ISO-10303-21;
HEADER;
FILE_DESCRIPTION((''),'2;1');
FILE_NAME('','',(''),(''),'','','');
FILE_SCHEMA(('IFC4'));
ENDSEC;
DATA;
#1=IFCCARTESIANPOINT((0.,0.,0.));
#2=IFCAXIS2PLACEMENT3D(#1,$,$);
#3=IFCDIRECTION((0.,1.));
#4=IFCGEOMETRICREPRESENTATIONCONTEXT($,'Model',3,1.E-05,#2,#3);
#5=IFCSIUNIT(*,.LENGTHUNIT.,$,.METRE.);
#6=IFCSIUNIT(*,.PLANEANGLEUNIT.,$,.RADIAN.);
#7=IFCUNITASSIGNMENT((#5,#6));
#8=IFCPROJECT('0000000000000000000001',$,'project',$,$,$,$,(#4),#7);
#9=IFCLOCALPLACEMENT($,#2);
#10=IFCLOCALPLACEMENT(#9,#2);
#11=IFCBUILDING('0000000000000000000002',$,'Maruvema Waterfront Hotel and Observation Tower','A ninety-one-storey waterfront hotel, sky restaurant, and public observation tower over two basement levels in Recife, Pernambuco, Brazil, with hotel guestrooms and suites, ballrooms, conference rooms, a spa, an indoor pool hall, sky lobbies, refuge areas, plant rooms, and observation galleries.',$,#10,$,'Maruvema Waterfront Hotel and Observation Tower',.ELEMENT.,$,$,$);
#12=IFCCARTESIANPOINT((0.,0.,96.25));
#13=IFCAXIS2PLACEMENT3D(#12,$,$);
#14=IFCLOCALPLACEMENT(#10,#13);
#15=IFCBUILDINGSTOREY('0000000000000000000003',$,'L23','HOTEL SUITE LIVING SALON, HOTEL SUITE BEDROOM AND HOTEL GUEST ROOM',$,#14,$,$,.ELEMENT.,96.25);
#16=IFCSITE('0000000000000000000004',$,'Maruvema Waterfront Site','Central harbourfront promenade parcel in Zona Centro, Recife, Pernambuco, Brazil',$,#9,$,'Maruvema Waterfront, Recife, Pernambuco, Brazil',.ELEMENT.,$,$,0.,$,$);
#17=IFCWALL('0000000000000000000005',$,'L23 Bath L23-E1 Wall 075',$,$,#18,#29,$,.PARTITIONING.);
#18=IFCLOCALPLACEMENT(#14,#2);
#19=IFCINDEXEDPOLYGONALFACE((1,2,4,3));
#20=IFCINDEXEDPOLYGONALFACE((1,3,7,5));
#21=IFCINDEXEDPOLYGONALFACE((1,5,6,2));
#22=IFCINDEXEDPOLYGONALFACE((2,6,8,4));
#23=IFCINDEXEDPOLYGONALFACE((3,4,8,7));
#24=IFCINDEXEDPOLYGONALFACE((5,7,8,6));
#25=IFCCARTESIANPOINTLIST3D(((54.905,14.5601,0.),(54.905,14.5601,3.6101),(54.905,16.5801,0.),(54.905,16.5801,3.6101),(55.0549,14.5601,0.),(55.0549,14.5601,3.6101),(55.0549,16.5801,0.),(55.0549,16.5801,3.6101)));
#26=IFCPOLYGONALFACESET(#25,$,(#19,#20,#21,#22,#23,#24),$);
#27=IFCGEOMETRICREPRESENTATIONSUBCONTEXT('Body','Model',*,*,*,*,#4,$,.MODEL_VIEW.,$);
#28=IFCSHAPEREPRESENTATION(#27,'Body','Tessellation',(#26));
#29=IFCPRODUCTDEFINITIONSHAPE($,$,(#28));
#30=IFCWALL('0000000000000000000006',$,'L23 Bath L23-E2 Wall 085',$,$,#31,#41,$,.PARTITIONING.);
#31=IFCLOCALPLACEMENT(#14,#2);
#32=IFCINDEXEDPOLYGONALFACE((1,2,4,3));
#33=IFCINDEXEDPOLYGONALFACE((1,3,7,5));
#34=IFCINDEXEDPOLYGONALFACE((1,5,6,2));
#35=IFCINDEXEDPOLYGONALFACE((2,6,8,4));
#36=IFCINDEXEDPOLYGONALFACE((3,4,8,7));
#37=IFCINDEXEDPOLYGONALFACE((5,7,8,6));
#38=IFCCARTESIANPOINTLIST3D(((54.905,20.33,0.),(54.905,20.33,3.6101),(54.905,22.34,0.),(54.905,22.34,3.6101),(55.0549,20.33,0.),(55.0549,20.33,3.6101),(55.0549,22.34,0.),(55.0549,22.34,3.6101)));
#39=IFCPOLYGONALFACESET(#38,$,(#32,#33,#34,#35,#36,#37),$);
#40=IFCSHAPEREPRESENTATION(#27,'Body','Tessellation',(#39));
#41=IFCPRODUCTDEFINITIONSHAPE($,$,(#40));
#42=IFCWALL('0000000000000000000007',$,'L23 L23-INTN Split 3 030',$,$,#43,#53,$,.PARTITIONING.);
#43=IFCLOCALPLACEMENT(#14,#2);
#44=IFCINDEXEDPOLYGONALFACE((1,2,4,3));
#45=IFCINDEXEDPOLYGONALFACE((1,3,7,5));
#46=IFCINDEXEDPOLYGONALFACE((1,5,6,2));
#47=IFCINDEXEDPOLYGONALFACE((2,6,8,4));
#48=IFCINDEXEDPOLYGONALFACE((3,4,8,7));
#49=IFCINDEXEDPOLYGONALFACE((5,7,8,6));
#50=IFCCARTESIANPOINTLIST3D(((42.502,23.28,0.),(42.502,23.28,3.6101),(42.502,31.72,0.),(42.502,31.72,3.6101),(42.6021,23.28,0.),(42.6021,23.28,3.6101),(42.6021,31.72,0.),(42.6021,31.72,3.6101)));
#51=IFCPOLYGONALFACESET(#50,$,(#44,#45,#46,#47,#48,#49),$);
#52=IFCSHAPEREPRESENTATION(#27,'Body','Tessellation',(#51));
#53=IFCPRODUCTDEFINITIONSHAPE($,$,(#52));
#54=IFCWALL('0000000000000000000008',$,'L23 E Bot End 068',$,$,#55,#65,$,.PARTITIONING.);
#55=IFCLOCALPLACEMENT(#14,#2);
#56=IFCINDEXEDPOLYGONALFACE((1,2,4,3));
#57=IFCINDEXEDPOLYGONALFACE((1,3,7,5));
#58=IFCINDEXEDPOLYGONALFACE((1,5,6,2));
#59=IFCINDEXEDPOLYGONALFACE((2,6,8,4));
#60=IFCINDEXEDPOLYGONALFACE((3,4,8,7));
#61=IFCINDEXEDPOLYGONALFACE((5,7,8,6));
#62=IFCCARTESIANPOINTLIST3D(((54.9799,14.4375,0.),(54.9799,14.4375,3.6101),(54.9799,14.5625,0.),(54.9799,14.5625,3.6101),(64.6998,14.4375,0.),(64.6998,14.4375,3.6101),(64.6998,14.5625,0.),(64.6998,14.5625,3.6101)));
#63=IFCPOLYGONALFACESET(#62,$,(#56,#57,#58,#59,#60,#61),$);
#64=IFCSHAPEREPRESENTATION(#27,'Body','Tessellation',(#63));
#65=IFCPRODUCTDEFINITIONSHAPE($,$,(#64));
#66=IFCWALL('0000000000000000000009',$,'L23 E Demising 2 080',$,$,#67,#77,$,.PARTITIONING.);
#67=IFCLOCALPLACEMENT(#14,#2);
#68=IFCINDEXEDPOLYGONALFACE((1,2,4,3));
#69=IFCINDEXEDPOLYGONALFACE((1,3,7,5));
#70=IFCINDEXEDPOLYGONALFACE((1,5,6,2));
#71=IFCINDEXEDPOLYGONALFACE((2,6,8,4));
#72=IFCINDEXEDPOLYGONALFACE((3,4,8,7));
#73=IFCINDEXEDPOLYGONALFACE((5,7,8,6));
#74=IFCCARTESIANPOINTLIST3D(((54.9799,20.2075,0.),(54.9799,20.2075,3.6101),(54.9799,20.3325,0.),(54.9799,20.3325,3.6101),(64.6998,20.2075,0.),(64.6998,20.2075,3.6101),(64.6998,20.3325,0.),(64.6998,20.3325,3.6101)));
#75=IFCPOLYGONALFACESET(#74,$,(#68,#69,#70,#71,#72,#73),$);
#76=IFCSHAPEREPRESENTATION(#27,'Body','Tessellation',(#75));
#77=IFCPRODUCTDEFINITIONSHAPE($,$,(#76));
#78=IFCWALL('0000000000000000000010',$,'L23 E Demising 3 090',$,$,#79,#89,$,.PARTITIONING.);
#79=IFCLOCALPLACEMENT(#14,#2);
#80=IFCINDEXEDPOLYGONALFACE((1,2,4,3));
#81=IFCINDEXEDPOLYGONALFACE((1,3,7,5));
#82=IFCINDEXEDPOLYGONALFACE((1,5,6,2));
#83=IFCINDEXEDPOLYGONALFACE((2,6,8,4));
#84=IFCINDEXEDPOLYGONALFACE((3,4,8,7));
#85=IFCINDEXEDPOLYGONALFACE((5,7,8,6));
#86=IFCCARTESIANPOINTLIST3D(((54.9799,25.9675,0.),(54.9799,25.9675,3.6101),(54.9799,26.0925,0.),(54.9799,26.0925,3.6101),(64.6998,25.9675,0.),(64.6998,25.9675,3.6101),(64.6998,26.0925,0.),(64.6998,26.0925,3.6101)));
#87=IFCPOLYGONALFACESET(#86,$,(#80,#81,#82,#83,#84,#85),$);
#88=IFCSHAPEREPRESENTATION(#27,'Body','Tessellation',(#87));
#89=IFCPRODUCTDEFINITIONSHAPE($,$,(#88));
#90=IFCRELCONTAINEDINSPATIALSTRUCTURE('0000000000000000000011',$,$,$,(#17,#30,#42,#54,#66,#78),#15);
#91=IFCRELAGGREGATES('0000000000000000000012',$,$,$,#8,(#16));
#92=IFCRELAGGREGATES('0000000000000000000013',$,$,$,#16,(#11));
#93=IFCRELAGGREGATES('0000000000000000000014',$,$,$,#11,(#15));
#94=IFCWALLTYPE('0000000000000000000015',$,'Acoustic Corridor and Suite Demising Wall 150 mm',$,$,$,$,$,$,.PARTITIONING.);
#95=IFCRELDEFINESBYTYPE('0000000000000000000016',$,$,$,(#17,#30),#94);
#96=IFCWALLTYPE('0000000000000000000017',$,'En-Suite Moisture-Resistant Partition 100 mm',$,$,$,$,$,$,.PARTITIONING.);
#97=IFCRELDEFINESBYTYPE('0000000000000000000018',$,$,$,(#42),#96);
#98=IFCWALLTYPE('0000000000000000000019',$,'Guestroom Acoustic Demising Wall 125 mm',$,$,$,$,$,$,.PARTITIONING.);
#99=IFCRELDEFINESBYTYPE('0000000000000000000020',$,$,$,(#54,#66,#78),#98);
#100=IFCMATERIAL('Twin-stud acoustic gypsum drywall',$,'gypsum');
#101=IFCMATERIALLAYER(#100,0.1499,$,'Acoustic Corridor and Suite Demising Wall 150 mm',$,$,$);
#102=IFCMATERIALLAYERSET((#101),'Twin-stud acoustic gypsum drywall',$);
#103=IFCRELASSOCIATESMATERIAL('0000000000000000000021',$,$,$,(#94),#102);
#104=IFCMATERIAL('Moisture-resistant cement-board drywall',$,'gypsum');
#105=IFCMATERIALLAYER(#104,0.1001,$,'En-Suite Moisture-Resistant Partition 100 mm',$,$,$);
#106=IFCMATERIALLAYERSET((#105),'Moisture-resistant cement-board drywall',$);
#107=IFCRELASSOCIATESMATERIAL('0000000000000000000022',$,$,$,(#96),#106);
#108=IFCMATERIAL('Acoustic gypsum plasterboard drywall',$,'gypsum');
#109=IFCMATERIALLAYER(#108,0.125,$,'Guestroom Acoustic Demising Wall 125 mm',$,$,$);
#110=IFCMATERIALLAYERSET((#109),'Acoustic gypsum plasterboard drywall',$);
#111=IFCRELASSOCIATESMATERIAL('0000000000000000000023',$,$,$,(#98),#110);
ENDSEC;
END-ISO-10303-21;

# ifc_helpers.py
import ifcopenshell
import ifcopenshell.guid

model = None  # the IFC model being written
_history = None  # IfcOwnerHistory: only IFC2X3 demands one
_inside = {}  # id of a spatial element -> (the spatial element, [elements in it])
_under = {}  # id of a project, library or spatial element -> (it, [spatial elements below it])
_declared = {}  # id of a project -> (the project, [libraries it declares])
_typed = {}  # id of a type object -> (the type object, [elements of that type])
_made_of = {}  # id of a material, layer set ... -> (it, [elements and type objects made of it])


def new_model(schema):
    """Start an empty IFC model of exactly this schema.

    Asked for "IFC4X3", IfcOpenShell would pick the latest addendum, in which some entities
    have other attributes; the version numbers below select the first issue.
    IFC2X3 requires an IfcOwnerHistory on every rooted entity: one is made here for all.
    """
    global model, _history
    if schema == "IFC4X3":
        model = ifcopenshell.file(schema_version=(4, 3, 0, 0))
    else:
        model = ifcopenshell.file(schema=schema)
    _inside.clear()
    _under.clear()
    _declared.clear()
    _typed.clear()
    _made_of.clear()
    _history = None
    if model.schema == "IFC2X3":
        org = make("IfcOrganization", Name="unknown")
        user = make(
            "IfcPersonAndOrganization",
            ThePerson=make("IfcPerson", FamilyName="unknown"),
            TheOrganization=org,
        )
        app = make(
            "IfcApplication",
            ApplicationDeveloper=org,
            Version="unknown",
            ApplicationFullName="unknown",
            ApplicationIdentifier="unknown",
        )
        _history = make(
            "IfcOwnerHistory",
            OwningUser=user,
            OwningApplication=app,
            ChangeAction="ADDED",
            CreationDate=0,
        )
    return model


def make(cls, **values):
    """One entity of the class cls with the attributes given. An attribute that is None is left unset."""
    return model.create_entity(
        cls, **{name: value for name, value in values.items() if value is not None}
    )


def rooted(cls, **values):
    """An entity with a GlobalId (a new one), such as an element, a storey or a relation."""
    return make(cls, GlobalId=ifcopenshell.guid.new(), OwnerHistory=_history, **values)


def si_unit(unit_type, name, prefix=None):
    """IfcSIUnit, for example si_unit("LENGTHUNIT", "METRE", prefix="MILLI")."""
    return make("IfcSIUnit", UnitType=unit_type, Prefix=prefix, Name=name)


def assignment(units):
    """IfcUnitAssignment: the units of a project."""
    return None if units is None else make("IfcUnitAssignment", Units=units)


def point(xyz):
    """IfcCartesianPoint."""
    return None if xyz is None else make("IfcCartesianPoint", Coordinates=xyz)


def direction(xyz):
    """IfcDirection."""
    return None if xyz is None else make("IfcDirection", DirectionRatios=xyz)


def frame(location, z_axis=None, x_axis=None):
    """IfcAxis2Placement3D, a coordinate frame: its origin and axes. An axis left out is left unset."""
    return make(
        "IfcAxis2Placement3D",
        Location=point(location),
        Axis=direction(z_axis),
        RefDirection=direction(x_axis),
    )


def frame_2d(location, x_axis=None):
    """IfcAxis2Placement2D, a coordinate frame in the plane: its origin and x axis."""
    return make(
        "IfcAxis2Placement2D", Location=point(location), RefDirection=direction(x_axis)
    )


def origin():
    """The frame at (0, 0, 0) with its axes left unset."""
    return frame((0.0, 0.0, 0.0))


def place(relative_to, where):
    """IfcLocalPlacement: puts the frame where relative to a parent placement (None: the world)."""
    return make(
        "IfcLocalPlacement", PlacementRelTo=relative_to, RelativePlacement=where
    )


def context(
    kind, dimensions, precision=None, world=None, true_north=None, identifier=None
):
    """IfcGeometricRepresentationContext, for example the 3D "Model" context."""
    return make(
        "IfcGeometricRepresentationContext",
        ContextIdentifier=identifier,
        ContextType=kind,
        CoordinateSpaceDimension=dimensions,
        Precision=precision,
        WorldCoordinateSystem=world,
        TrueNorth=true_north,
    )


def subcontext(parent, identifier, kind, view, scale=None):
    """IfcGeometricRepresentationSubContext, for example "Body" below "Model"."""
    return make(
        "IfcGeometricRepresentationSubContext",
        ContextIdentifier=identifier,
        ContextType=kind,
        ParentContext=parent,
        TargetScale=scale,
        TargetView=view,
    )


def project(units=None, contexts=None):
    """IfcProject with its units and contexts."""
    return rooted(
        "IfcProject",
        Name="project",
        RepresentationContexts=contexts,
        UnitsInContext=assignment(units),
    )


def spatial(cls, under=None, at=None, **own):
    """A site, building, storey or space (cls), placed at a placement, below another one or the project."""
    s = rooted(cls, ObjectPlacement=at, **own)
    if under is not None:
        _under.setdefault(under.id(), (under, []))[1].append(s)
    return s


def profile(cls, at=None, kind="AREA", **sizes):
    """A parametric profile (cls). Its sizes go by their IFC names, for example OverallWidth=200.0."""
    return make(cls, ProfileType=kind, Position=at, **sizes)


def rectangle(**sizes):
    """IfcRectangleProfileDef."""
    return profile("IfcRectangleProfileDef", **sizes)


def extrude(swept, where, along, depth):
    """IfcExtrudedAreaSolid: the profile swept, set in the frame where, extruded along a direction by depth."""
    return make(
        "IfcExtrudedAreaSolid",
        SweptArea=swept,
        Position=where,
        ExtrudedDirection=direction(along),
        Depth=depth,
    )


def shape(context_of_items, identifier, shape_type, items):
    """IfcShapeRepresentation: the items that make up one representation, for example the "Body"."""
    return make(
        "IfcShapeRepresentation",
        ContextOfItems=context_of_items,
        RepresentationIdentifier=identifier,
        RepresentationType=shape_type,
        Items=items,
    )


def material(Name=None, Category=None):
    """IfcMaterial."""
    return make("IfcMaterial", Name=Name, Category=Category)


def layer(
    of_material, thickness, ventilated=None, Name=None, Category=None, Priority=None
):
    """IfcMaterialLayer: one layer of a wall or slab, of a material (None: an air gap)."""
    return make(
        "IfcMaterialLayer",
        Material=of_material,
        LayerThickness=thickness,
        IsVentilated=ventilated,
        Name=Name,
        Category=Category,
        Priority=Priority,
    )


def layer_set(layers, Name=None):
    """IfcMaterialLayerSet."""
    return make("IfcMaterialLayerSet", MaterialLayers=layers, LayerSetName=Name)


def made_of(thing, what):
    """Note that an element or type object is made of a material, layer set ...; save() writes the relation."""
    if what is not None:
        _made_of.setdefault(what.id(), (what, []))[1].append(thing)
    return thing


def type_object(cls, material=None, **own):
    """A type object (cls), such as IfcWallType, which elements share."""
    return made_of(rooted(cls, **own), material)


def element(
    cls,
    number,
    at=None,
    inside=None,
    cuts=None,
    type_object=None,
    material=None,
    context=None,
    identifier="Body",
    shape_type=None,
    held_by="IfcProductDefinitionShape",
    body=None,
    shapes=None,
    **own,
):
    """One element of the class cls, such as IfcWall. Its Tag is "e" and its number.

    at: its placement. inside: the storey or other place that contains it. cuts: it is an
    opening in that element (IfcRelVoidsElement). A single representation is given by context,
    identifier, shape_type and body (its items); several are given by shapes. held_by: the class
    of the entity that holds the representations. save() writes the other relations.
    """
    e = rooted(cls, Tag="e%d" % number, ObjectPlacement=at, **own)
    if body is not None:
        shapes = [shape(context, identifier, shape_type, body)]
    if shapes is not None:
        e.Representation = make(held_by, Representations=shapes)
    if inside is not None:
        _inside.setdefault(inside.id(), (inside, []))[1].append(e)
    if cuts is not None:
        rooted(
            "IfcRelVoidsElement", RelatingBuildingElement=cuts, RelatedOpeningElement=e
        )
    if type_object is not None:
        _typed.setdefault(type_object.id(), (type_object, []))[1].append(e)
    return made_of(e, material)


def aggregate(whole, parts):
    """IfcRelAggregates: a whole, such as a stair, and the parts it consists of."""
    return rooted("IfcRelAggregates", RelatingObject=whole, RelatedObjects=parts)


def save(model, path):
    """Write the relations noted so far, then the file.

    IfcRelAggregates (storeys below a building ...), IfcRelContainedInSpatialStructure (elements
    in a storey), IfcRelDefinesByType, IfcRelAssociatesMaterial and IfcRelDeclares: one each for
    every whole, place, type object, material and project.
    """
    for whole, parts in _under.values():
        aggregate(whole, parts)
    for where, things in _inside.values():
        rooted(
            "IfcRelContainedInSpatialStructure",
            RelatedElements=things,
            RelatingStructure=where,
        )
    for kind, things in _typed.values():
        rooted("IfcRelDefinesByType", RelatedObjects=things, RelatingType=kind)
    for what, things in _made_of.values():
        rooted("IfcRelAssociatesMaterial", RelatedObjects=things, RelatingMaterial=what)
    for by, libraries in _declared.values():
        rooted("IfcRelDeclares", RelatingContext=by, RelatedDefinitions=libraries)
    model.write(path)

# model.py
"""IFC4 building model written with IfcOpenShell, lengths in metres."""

from ifc_helpers import new_model, si_unit, direction, frame, frame_2d, origin, place, context, subcontext, project, spatial, rectangle, extrude, material, layer, layer_set, type_object, element, save


model = new_model("IFC4")

# Units and contexts
model_context = context("Model", 3, precision=1e-05, world=origin(), true_north=direction((0.0, 1.0)))
body_context = subcontext(model_context, "Body", "Model", "MODEL_VIEW")
ifc_project = project(units=[si_unit("LENGTHUNIT", "METRE"), si_unit("PLANEANGLEUNIT", "RADIAN")], contexts=[model_context])

# Site, building, storey
site_placement = place(None, origin())
site = spatial("IfcSite", under=ifc_project, at=site_placement, Name="Maruvema Waterfront Site", Description="Central harbourfront promenade parcel in Zona Centro, Recife, Pernambuco, Brazil", LongName="Maruvema Waterfront, Recife, Pernambuco, Brazil", CompositionType="ELEMENT", RefElevation=0.0)
building_placement = place(site_placement, origin())
building = spatial("IfcBuilding", under=site, at=building_placement, Name="Maruvema Waterfront Hotel and Observation Tower", Description="A ninety-one-storey waterfront hotel, sky restaurant, and public observation tower over two basement levels in Recife, Pernambuco, Brazil, with hotel guestrooms and suites, ballrooms, conference rooms, a spa, an indoor pool hall, sky lobbies, refuge areas, plant rooms, and observation galleries.", LongName="Maruvema Waterfront Hotel and Observation Tower", CompositionType="ELEMENT")
storey_placement = place(building_placement, frame((0.0, 0.0, 96.25)))
storey = spatial("IfcBuildingStorey", under=building, at=storey_placement, Name="L23", Description="HOTEL SUITE LIVING SALON, HOTEL SUITE BEDROOM AND HOTEL GUEST ROOM", CompositionType="ELEMENT", Elevation=96.25)

# Shared definitions
ifc_material_1 = material(Name="Twin-stud acoustic gypsum drywall", Category="gypsum")
ifc_layer_1 = layer(ifc_material_1, 0.1499, Name="Acoustic Corridor and Suite Demising Wall 150 mm")
ifc_layer_set_1 = layer_set([ifc_layer_1], Name="Twin-stud acoustic gypsum drywall")
wall_type_1 = type_object("IfcWallType", Name="Acoustic Corridor and Suite Demising Wall 150 mm", PredefinedType="PARTITIONING", material=ifc_layer_set_1)

# Wall
wall_1_placement = place(storey_placement, frame((54.98, 14.5601, 0.0), z_axis=(0.0, 0.0, 1.0), x_axis=(0.0, 1.0, 0.0)))
element("IfcWall", 1, at=wall_1_placement, inside=storey, type_object=wall_type_1, Name="L23 Bath L23-E1 Wall 075", PredefinedType="PARTITIONING", context=body_context, shape_type="SweptSolid", body=[
    extrude(rectangle(XDim=2.02, YDim=0.1499, at=frame_2d((1.01, 0.0))), origin(), (0.0, 0.0, 1.0), 3.6101),
])

# Wall
wall_2_placement = place(storey_placement, frame((54.98, 20.3301, 0.0), z_axis=(0.0, 0.0, 1.0), x_axis=(0.0, 1.0, 0.0)))
element("IfcWall", 2, at=wall_2_placement, inside=storey, type_object=wall_type_1, Name="L23 Bath L23-E2 Wall 085", PredefinedType="PARTITIONING", context=body_context, shape_type="SweptSolid", body=[
    extrude(rectangle(XDim=2.01, YDim=0.1499, at=frame_2d((1.0049, 0.0))), origin(), (0.0, 0.0, 1.0), 3.6101),
])

# Walls
ifc_material_2 = material(Name="Moisture-resistant cement-board drywall", Category="gypsum")
ifc_layer_2 = layer(ifc_material_2, 0.1001, Name="En-Suite Moisture-Resistant Partition 100 mm")
ifc_layer_set_2 = layer_set([ifc_layer_2], Name="Moisture-resistant cement-board drywall")
wall_type_2 = type_object("IfcWallType", Name="En-Suite Moisture-Resistant Partition 100 mm", PredefinedType="PARTITIONING", material=ifc_layer_set_2)
wall_3_placement = place(storey_placement, frame((42.552, 23.28, 0.0), z_axis=(0.0, 0.0, 1.0), x_axis=(0.0, 1.0, 0.0)))
element("IfcWall", 3, at=wall_3_placement, inside=storey, type_object=wall_type_2, Name="L23 L23-INTN Split 3 030", PredefinedType="PARTITIONING", context=body_context, shape_type="SweptSolid", body=[
    extrude(rectangle(XDim=8.4399, YDim=0.1001, at=frame_2d((4.22, 0.0))), origin(), (0.0, 0.0, 1.0), 3.6101),
])
ifc_material_3 = material(Name="Acoustic gypsum plasterboard drywall", Category="gypsum")
ifc_layer_3 = layer(ifc_material_3, 0.125, Name="Guestroom Acoustic Demising Wall 125 mm")
ifc_layer_set_3 = layer_set([ifc_layer_3], Name="Acoustic gypsum plasterboard drywall")
wall_type_3 = type_object("IfcWallType", Name="Guestroom Acoustic Demising Wall 125 mm", PredefinedType="PARTITIONING", material=ifc_layer_set_3)
for number, where, z_axis, x_axis, name in (
    (4, (54.98, 14.5, 0.0), (0.0, 0.0, 1.0), (1.0, 0.0, 0.0), "L23 E Bot End 068"),
    (5, (54.98, 20.27, 0.0), (0.0, 0.0, 1.0), (1.0, 0.0, 0.0), "L23 E Demising 2 080"),
    (6, (54.98, 26.03, 0.0), (0.0, 0.0, 1.0), (1.0, 0.0, 0.0), "L23 E Demising 3 090"),
):
    element("IfcWall", number, at=place(storey_placement, frame(where, z_axis=z_axis, x_axis=x_axis)), inside=storey, type_object=wall_type_3, Name=name, PredefinedType="PARTITIONING", context=body_context, shape_type="SweptSolid", body=[
        extrude(rectangle(XDim=9.72, YDim=0.125, at=frame_2d((4.8599, 0.0))), origin(), (0.0, 0.0, 1.0), 3.6101),
    ])

save(model, "model.ifc")
